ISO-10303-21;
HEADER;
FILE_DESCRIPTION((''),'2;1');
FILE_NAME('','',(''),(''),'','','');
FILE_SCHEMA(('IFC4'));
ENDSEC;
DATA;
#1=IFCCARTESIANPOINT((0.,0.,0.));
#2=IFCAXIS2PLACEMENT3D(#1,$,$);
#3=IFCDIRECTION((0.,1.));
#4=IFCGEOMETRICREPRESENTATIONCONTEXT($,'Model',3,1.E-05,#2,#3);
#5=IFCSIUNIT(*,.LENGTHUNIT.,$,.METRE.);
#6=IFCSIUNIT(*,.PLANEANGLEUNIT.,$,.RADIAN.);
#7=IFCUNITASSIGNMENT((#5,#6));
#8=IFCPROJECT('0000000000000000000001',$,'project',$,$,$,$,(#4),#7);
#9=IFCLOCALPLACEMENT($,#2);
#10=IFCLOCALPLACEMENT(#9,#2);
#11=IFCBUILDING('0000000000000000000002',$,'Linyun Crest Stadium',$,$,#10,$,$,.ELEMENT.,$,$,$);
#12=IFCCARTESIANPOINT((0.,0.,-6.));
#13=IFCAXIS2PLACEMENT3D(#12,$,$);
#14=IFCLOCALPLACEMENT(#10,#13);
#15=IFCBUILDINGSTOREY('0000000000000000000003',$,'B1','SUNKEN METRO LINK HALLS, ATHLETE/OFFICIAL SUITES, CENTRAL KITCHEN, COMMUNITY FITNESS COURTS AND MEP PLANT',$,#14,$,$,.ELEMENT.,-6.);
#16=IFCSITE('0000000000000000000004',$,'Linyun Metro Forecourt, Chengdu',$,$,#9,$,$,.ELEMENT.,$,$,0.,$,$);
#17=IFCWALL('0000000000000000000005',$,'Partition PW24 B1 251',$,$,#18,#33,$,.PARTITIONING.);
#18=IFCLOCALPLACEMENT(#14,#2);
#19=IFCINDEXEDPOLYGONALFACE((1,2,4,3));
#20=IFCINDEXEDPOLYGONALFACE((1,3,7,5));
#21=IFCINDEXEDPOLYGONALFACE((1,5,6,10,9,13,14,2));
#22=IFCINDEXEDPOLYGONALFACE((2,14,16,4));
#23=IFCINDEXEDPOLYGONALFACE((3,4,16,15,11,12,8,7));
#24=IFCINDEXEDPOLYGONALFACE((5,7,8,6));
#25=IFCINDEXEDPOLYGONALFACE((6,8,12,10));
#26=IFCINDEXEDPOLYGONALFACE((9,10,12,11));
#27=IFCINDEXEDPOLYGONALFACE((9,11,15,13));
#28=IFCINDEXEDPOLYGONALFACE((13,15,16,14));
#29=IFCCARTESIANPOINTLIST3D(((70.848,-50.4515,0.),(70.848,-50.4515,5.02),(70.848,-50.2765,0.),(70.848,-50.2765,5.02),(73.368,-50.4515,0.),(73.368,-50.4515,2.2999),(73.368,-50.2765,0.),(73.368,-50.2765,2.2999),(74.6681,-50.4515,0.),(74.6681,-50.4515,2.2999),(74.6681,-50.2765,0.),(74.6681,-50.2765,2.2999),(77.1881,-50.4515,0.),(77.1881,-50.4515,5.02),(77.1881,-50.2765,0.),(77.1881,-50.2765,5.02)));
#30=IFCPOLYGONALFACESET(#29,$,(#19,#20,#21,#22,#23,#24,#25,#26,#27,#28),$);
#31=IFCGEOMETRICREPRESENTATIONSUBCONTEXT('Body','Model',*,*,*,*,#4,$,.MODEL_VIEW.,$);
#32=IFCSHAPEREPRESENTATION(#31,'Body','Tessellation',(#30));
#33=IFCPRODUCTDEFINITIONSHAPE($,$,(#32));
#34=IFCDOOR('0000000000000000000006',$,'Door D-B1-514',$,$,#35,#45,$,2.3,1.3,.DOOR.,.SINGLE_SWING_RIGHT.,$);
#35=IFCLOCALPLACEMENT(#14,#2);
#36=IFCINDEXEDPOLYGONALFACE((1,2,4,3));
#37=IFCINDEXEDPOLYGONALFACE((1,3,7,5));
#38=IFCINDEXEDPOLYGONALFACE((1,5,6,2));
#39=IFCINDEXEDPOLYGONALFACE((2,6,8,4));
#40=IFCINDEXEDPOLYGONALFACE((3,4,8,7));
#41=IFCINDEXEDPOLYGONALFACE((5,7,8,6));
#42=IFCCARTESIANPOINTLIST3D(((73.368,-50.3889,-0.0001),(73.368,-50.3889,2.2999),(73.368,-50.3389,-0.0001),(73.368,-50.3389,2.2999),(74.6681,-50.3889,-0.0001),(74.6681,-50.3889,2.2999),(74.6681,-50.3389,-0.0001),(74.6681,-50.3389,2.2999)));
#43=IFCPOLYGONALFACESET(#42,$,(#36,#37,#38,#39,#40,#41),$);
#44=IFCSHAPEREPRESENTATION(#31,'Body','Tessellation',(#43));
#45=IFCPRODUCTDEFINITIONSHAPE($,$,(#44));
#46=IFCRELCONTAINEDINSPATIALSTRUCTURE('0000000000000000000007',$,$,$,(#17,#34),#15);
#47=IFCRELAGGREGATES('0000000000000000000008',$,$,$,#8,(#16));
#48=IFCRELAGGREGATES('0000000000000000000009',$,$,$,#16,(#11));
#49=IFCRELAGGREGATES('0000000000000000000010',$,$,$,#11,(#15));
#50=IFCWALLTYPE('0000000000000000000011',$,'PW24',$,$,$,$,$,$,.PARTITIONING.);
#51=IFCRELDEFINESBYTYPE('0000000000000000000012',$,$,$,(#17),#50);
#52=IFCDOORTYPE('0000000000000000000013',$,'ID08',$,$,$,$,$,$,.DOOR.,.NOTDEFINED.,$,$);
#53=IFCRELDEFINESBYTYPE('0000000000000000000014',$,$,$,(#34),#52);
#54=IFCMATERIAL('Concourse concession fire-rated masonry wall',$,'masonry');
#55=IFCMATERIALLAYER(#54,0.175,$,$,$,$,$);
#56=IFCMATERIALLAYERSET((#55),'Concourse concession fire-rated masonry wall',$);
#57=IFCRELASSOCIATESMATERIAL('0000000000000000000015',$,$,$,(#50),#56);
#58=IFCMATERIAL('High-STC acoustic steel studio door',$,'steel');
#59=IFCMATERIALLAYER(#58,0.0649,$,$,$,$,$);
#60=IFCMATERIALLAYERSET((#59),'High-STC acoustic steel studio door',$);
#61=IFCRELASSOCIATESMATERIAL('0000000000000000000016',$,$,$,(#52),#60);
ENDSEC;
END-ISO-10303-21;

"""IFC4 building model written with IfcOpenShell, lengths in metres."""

from ifc_helpers import new_model, si_unit, direction, frame, frame_2d, origin, place, context, subcontext, project, spatial, rectangle, extrude, material, layer, layer_set, type_object, element, fill, save


model = new_model("IFC4")

# Units and contexts
model_context = context("Model", 3, precision=1e-05, world=origin(), true_north=direction((0.0, 1.0)))
body_context = subcontext(model_context, "Body", "Model", "MODEL_VIEW")
ifc_project = project(units=[si_unit("LENGTHUNIT", "METRE"), si_unit("PLANEANGLEUNIT", "RADIAN")], contexts=[model_context])

# Site, building, storey
site_placement = place(None, origin())
site = spatial("IfcSite", under=ifc_project, at=site_placement, Name="Linyun Metro Forecourt, Chengdu", CompositionType="ELEMENT", RefElevation=0.0)
building_placement = place(site_placement, origin())
building = spatial("IfcBuilding", under=site, at=building_placement, Name="Linyun Crest Stadium", CompositionType="ELEMENT")
storey_placement = place(building_placement, frame((0.0, 0.0, -6.0)))
storey = spatial("IfcBuildingStorey", under=building, at=storey_placement, Name="B1", Description="SUNKEN METRO LINK HALLS, ATHLETE/OFFICIAL SUITES, CENTRAL KITCHEN, COMMUNITY FITNESS COURTS AND MEP PLANT", CompositionType="ELEMENT", Elevation=-6.0)

# Wall, opening, door
ifc_material_1 = material(Name="Concourse concession fire-rated masonry wall", Category="masonry")
ifc_layer_1 = layer(ifc_material_1, 0.175)
ifc_layer_set_1 = layer_set([ifc_layer_1], Name="Concourse concession fire-rated masonry wall")
wall_type_1 = type_object("IfcWallType", Name="PW24", PredefinedType="PARTITIONING", material=ifc_layer_set_1)
wall_1_placement = place(storey_placement, frame((77.188, -50.364, 0.0), z_axis=(0.0, 0.0, 1.0), x_axis=(-1.0, 0.0, 0.0)))
wall_1 = element("IfcWall", 1, at=wall_1_placement, inside=storey, type_object=wall_type_1, Name="Partition PW24 B1 251", PredefinedType="PARTITIONING", context=body_context, shape_type="SweptSolid", body=[
    extrude(rectangle(XDim=6.3401, YDim=0.175, at=frame_2d((3.1699, 0.0))), origin(), (0.0, 0.0, 1.0), 5.02),
])
opening_1_placement = place(wall_1_placement, frame((2.52, 0.0, 0.0)))
opening_1 = element("IfcOpeningElement", 2, at=opening_1_placement, cuts=wall_1, PredefinedType="OPENING", context=body_context, shape_type="SweptSolid", body=[
    extrude(rectangle(XDim=1.3, YDim=2.3, at=frame_2d((0.6499, 1.1499))), frame((0.0, 0.0974, 0.0), z_axis=(0.0, -1.0, 0.0), x_axis=(1.0, 0.0, 0.0)), (0.0, 0.0, 1.0), 0.1951),
])
ifc_material_2 = material(Name="High-STC acoustic steel studio door", Category="steel")
ifc_layer_2 = layer(ifc_material_2, 0.0649)
ifc_layer_set_2 = layer_set([ifc_layer_2], Name="High-STC acoustic steel studio door")
door_type = type_object("IfcDoorType", Name="ID08", OperationType="NOTDEFINED", PredefinedType="DOOR", material=ifc_layer_set_2)
door_placement = place(opening_1_placement, origin())
door = element("IfcDoor", 3, at=door_placement, inside=storey, type_object=door_type, Name="Door D-B1-514", OperationType="SINGLE_SWING_RIGHT", OverallHeight=2.3, OverallWidth=1.3, PredefinedType="DOOR", context=body_context, shape_type="SweptSolid", body=[
    extrude(rectangle(XDim=1.3, YDim=2.3, at=frame_2d((0.6499, 1.1499))), frame((0.0, 0.0249, 0.0), z_axis=(0.0, -1.0, 0.0), x_axis=(1.0, 0.0, 0.0)), (0.0, 0.0, 1.0), 0.05),
])
fill(opening_1, door)

save(model, "model.ifc")
